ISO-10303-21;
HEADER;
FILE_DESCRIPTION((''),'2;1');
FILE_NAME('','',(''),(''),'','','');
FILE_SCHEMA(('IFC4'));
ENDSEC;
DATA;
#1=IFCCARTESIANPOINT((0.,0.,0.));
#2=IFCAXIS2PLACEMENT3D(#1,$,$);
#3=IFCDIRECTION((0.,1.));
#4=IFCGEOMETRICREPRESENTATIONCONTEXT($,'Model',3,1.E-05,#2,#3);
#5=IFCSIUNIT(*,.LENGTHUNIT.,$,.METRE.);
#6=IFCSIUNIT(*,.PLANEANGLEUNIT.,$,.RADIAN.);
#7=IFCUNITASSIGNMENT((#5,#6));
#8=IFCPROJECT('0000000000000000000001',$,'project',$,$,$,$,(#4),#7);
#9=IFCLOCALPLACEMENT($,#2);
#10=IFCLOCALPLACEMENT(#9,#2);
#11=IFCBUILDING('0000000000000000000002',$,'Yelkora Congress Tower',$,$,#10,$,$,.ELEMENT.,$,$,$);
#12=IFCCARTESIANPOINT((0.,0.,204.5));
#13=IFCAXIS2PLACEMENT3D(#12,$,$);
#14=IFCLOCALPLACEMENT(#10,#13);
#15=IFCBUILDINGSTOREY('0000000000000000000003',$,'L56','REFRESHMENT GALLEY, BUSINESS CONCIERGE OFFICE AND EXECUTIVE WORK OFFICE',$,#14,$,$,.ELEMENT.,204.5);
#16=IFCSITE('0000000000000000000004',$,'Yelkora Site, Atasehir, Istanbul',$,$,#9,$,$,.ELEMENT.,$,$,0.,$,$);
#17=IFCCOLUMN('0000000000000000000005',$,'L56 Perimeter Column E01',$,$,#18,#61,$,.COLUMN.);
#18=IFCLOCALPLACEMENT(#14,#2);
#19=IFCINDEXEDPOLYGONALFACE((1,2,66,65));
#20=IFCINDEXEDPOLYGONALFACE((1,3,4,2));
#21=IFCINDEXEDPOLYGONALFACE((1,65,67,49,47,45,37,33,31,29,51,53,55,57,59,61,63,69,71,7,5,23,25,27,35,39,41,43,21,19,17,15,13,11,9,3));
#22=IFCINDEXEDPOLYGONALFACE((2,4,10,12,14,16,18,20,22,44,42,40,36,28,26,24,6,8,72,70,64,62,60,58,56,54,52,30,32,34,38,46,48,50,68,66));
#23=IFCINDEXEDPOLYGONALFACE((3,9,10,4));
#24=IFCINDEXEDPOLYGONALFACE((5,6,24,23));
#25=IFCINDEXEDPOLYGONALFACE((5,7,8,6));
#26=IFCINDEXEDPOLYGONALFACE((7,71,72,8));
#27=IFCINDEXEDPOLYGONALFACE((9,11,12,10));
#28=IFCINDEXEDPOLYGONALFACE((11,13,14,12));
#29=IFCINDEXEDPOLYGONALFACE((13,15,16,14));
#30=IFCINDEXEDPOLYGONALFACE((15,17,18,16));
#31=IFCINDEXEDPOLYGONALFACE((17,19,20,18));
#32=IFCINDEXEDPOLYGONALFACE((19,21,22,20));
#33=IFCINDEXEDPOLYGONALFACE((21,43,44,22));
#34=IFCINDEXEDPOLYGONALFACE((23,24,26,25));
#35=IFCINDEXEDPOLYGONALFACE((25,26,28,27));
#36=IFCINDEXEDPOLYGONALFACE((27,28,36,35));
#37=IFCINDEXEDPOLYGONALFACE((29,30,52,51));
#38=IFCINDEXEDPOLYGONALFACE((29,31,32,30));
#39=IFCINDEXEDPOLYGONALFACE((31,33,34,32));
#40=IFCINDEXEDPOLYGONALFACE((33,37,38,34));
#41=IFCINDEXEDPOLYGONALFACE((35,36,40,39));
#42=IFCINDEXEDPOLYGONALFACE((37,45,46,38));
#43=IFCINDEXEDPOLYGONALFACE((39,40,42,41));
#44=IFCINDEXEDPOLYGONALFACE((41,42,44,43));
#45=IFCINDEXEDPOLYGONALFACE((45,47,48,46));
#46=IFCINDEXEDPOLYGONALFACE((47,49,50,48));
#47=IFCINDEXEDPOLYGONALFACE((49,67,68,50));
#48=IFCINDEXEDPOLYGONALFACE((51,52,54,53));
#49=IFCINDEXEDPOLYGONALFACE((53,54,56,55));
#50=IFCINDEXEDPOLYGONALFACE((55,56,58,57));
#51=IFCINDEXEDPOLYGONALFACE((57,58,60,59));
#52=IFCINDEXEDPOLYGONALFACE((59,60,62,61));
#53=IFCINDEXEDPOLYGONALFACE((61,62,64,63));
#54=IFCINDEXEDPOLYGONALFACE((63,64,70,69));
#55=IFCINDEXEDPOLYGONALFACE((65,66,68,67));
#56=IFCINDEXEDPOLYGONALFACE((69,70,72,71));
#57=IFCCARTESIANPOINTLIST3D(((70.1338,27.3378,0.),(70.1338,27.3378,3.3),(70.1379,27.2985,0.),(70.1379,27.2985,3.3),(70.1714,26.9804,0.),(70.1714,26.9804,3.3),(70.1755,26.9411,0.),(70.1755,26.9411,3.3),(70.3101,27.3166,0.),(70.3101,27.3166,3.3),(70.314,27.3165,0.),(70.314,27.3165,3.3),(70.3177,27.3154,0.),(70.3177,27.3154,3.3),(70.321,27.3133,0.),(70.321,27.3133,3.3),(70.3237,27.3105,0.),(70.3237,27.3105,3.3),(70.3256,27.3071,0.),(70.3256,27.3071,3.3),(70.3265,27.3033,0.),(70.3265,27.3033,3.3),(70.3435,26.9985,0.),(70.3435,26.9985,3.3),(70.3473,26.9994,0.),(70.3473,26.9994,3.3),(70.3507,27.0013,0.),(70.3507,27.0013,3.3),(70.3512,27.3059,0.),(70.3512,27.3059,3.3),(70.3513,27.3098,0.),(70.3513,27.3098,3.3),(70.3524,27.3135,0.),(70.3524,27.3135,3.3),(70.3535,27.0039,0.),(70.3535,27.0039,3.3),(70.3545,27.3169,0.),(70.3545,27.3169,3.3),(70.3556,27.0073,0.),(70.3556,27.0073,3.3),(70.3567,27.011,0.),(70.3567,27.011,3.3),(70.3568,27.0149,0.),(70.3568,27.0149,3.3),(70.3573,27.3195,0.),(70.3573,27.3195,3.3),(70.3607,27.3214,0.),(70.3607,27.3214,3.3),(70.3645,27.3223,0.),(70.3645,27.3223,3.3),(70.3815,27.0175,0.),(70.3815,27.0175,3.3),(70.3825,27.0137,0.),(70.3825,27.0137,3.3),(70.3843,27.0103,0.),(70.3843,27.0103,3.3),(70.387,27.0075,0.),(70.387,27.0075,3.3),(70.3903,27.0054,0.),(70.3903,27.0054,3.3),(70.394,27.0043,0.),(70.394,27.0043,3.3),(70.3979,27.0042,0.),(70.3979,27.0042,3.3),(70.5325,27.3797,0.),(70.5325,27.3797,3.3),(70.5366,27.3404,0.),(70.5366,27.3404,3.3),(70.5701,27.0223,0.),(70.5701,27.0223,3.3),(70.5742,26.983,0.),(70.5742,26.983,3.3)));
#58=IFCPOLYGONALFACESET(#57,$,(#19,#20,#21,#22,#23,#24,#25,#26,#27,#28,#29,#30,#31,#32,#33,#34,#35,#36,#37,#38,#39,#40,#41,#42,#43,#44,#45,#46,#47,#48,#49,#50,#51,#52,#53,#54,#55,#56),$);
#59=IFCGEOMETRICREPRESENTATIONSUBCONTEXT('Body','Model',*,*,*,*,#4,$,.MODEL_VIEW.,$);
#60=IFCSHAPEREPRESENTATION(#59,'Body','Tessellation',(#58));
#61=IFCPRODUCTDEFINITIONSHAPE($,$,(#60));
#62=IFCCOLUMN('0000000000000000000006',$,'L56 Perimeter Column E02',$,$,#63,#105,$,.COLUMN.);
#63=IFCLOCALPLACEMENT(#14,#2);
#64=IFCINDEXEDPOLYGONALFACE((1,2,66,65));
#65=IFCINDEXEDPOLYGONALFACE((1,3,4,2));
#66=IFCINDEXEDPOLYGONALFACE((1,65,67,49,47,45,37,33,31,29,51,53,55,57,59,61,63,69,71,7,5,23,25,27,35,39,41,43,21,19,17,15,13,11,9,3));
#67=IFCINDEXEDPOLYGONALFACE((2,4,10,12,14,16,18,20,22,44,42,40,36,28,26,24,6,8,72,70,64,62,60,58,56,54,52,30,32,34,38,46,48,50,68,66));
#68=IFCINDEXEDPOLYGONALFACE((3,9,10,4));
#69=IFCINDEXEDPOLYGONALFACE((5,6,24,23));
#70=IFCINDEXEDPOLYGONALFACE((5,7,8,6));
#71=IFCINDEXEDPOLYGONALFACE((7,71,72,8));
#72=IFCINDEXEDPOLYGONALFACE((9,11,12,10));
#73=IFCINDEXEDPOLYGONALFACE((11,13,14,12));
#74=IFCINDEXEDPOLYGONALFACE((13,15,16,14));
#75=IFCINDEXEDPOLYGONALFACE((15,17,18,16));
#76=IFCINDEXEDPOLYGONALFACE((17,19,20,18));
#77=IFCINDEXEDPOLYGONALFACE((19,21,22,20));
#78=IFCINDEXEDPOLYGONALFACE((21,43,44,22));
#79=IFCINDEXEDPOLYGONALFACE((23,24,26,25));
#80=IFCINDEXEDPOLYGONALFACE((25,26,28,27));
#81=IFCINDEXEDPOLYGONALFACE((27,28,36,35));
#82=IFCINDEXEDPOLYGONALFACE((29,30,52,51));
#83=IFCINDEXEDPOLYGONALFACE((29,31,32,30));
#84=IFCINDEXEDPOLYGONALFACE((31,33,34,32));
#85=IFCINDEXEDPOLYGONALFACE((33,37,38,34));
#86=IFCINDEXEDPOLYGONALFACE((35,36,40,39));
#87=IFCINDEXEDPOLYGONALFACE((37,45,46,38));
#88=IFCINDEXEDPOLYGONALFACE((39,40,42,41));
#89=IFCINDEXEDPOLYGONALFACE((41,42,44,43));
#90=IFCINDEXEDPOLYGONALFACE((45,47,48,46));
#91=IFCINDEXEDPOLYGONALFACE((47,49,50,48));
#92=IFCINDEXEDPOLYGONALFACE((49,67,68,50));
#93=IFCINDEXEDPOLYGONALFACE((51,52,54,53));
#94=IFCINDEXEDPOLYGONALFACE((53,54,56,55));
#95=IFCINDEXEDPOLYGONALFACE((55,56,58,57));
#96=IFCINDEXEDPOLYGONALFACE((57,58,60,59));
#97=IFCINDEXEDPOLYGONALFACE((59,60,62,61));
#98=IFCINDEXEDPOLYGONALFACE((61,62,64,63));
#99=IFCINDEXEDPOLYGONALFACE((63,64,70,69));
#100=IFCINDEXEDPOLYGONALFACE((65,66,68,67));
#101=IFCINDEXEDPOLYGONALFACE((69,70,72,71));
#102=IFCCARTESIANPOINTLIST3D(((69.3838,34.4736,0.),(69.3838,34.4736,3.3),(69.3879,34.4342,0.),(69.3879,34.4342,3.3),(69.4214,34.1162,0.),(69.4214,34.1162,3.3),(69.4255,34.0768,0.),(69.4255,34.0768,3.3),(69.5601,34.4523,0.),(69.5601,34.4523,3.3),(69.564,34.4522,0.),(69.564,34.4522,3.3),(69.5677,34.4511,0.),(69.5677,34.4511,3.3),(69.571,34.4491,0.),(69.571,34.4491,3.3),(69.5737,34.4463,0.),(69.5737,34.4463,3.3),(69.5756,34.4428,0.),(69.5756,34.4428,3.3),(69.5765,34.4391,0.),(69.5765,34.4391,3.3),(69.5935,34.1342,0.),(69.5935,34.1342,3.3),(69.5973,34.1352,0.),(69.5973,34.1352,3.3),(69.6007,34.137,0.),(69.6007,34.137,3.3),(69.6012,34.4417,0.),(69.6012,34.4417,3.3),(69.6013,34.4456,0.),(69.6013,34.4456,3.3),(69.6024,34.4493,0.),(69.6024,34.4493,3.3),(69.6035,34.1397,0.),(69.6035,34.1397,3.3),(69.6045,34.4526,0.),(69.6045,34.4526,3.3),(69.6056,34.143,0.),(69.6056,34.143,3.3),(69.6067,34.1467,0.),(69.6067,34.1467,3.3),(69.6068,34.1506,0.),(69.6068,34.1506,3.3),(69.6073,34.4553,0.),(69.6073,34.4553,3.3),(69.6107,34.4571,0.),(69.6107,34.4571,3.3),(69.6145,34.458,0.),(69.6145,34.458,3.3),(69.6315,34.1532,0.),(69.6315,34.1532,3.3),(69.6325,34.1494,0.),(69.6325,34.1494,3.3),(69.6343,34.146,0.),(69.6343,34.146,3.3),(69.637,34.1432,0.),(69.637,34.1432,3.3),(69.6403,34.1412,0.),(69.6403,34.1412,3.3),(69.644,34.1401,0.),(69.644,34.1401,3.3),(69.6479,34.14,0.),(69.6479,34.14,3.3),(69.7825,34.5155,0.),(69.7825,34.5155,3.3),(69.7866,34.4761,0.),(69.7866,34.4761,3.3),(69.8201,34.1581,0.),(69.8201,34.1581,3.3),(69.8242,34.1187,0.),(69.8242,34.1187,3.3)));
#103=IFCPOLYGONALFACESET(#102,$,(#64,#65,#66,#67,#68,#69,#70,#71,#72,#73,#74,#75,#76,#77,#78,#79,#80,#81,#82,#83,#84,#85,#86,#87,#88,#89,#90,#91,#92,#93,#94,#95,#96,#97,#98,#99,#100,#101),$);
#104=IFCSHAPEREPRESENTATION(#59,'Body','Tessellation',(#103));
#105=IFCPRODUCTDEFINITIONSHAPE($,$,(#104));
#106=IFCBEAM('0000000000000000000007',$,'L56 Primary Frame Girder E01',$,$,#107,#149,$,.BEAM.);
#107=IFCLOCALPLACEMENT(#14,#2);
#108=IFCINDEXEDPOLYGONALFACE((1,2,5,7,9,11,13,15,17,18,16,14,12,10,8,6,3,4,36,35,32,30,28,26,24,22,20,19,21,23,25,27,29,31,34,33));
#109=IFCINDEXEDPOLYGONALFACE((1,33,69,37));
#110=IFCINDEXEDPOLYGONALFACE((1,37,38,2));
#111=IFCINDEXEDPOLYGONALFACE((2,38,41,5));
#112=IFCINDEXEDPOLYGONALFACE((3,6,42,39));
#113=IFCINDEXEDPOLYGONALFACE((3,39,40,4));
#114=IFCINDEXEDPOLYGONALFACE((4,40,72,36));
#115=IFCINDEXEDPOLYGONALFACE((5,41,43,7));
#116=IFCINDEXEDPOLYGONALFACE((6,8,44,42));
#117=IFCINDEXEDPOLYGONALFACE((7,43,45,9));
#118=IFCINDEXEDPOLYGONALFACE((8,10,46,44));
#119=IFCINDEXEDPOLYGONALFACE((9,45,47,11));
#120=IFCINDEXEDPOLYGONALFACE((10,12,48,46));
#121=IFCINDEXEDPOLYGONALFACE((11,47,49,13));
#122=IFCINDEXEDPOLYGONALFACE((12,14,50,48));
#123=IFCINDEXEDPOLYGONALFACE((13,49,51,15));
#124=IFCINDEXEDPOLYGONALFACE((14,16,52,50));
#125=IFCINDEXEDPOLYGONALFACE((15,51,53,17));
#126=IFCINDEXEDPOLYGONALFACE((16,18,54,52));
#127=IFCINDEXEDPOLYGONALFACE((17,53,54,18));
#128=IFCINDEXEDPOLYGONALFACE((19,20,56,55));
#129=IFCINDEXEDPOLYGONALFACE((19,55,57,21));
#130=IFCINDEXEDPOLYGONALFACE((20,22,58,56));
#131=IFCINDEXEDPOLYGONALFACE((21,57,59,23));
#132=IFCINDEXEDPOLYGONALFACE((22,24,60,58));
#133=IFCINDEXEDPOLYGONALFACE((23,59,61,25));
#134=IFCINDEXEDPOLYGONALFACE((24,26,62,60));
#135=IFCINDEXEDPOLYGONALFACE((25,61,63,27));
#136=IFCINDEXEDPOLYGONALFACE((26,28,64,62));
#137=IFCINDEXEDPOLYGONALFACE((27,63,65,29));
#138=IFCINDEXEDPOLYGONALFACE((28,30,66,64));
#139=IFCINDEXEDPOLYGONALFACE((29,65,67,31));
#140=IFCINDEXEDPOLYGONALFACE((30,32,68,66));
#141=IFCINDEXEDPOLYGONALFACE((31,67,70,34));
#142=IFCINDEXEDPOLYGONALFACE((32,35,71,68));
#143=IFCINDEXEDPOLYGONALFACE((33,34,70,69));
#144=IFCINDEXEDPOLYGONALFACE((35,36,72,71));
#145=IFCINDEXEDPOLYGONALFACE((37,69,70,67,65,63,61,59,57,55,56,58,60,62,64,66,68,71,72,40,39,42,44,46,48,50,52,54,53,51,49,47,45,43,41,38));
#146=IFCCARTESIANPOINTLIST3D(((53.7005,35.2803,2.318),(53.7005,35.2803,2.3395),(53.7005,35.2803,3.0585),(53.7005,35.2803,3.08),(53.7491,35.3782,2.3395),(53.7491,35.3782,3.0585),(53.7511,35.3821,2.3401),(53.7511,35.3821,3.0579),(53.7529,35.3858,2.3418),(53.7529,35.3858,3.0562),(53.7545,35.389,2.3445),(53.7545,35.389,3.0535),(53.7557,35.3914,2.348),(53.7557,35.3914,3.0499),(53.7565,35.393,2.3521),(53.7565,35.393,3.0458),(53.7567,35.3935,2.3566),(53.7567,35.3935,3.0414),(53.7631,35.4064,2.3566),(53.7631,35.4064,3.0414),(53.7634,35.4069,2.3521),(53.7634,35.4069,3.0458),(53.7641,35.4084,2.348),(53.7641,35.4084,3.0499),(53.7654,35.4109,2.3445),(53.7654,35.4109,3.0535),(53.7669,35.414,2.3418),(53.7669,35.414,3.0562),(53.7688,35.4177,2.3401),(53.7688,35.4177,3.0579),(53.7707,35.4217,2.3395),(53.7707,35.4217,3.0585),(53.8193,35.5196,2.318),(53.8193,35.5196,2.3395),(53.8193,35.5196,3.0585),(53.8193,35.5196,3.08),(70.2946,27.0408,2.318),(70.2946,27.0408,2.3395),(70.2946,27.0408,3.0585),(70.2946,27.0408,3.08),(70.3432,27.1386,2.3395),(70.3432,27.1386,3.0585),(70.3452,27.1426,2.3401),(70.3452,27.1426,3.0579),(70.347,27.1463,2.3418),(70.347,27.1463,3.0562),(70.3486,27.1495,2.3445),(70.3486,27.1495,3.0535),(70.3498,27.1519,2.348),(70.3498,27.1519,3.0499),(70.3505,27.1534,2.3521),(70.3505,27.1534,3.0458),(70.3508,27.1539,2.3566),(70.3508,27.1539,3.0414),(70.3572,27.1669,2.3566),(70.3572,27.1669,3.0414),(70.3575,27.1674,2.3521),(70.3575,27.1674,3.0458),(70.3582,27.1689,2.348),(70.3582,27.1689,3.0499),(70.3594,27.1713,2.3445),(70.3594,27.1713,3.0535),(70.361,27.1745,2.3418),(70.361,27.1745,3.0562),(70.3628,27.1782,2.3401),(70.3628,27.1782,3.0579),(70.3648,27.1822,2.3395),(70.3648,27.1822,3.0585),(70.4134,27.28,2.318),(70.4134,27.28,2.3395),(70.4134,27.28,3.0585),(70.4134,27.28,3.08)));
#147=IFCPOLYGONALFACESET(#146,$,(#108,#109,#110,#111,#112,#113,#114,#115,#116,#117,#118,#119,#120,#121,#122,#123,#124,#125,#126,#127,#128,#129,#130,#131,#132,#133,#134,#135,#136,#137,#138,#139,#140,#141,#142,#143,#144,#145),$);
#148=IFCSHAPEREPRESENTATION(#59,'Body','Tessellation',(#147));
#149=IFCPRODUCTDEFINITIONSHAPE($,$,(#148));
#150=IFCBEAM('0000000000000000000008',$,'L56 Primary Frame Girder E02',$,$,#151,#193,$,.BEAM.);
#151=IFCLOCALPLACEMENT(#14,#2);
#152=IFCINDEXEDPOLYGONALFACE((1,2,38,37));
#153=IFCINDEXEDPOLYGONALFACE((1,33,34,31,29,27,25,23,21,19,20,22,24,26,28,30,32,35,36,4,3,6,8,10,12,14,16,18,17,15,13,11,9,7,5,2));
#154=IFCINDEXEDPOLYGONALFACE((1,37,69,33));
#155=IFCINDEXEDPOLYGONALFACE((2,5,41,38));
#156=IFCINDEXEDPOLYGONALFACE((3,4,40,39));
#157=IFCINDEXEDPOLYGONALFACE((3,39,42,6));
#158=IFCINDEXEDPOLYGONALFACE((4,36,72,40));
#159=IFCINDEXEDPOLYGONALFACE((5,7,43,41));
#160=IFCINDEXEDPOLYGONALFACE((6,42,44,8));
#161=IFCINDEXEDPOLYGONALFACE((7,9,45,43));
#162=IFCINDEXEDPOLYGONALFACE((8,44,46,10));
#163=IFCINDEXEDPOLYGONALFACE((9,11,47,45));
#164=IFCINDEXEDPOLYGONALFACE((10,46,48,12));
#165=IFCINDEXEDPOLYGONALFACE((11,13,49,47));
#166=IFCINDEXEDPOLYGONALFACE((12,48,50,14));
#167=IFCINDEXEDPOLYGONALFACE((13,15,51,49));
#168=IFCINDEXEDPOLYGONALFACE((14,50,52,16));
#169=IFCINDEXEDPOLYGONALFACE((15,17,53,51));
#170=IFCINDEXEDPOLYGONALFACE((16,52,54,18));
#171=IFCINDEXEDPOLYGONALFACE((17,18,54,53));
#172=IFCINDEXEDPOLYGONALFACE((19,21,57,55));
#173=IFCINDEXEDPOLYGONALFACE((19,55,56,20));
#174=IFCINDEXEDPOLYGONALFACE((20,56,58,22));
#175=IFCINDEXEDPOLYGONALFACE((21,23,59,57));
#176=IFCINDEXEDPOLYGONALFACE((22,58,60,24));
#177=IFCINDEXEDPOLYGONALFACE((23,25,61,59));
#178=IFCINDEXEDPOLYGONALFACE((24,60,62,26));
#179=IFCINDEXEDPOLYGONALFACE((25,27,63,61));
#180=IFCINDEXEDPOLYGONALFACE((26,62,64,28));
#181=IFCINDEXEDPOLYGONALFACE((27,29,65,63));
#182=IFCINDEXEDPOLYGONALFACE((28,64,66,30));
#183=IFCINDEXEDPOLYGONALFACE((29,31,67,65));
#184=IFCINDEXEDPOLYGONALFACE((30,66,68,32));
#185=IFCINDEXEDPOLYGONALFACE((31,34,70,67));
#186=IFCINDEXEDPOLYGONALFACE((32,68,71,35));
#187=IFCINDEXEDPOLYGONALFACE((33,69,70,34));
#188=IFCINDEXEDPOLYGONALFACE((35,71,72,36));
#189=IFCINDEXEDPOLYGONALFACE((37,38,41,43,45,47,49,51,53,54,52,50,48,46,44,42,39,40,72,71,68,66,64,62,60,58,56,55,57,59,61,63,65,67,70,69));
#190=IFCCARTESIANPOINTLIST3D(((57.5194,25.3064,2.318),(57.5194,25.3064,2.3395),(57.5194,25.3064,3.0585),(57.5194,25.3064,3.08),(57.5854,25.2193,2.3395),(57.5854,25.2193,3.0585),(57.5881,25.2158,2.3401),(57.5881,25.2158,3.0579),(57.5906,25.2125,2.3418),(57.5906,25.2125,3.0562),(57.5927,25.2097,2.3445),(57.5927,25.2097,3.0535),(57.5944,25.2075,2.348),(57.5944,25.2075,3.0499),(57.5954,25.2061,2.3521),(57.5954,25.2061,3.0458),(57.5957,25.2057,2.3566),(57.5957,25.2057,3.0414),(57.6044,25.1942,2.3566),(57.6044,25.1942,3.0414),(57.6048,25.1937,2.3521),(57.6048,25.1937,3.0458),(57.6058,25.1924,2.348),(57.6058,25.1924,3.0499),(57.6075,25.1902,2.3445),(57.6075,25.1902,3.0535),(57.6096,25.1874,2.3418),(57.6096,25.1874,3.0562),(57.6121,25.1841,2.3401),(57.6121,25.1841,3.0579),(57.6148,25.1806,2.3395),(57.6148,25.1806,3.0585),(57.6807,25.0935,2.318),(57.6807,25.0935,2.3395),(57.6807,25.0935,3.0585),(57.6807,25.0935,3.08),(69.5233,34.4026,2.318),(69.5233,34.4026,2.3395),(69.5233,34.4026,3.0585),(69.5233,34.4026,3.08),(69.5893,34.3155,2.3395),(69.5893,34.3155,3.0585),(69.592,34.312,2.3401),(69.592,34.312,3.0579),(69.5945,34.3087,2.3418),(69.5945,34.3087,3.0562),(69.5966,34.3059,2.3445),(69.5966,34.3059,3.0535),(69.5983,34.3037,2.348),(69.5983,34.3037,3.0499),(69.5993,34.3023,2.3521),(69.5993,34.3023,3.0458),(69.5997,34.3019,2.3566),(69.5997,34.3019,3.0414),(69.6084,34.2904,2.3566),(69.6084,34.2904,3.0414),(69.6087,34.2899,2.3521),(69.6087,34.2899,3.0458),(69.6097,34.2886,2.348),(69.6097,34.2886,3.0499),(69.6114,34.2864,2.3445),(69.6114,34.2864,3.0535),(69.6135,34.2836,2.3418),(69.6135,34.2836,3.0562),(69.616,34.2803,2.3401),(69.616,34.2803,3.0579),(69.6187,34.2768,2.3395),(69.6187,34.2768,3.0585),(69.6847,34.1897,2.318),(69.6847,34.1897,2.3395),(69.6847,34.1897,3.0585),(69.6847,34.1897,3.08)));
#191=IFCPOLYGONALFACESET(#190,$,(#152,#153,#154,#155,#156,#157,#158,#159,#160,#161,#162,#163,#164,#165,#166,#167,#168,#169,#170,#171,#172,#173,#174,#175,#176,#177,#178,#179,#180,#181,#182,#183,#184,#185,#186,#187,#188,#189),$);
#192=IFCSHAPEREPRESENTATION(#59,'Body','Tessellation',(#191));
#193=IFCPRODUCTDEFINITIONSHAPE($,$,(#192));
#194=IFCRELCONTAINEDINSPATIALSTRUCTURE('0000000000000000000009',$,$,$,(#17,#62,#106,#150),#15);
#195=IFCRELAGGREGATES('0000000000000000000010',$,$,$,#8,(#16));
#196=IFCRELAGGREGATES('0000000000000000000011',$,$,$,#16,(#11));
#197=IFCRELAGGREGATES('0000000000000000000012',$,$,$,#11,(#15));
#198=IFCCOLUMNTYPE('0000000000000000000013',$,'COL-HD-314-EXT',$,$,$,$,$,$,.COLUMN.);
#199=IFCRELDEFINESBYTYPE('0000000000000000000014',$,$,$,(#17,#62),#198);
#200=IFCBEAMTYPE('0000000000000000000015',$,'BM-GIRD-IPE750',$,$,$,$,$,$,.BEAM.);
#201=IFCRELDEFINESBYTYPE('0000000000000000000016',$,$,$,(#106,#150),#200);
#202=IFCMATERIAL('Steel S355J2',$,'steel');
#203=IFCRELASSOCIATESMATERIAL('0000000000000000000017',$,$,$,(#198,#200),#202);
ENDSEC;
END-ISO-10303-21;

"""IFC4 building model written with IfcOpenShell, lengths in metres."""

from ifc_helpers import new_model, si_unit, direction, frame, origin, origin_2d, place, context, subcontext, project, spatial, i_section, extrude, material, material_profile, profile_set, type_object, element, save


model = new_model("IFC4")

# Units and contexts
model_context = context("Model", 3, precision=1e-05, world=origin(), true_north=direction((0.0, 1.0)))
body_context = subcontext(model_context, "Body", "Model", "MODEL_VIEW")
ifc_project = project(units=[si_unit("LENGTHUNIT", "METRE"), si_unit("PLANEANGLEUNIT", "RADIAN")], contexts=[model_context])

# Site, building, storey
site_placement = place(None, origin())
site = spatial("IfcSite", under=ifc_project, at=site_placement, Name="Yelkora Site, Atasehir, Istanbul", CompositionType="ELEMENT", RefElevation=0.0)
building_placement = place(site_placement, origin())
building = spatial("IfcBuilding", under=site, at=building_placement, Name="Yelkora Congress Tower", CompositionType="ELEMENT")
storey_placement = place(building_placement, frame((0.0, 0.0, 204.5)))
storey = spatial("IfcBuildingStorey", under=building, at=storey_placement, Name="L56", Description="REFRESHMENT GALLEY, BUSINESS CONCIERGE OFFICE AND EXECUTIVE WORK OFFICE", CompositionType="ELEMENT", Elevation=204.5)

# Columns
ifc_material_1 = material(Name="Steel S355J2", Category="steel")
ifc_material_profile_1 = material_profile(ifc_material_1, i_section(OverallWidth=0.4009, OverallDepth=0.3989, WebThickness=0.0249, FlangeThickness=0.0396, FilletRadius=0.0149, at=origin_2d()), Name="HD 400x314")
ifc_profile_set_1 = profile_set([ifc_material_profile_1], Name="Steel S355J2")
column_type = type_object("IfcColumnType", Name="COL-HD-314-EXT", PredefinedType="COLUMN", material=ifc_profile_set_1)
for number, where, z_axis, x_axis, name in (
    (1, (70.354, 27.1604, 0.0), (0.0, 0.0, 1.0), (0.994522, 0.104528, 0.0), "L56 Perimeter Column E01"),
    (2, (69.604, 34.2961, 0.0), (0.0, 0.0, 1.0), (0.994522, 0.104528, 0.0), "L56 Perimeter Column E02"),
):
    element("IfcColumn", number, at=place(storey_placement, frame(where, z_axis=z_axis, x_axis=x_axis)), inside=storey, type_object=column_type, Name=name, PredefinedType="COLUMN", context=body_context, shape_type="SweptSolid", body=[
        extrude(i_section(OverallWidth=0.4009, OverallDepth=0.3989, WebThickness=0.0249, FlangeThickness=0.0396, FilletRadius=0.0149, at=origin_2d()), origin(), (0.0, 0.0, 1.0), 3.3),
    ])

# Beams
ifc_material_profile_2 = material_profile(ifc_material_1, i_section(OverallWidth=0.2671, OverallDepth=0.762, WebThickness=0.0144, FlangeThickness=0.0215, FilletRadius=0.0171, at=origin_2d()), Name="IPE 750x173")
ifc_profile_set_2 = profile_set([ifc_material_profile_2], Name="Steel S355J2")
beam_type_1 = type_object("IfcBeamType", Name="BM-GIRD-IPE750", PredefinedType="BEAM", material=ifc_profile_set_2)
beam_1_placement = place(storey_placement, frame((70.354, 27.1604, 2.699), z_axis=(-0.895665, 0.444729, 0.0), x_axis=(-0.444729, -0.895665, 0.0)))
element("IfcBeam", 3, at=beam_1_placement, inside=storey, type_object=beam_type_1, Name="L56 Primary Frame Girder E01", PredefinedType="BEAM", context=body_context, shape_type="SweptSolid", body=[
    extrude(i_section(OverallWidth=0.2671, OverallDepth=0.762, WebThickness=0.0144, FlangeThickness=0.0215, FilletRadius=0.0171, at=origin_2d()), origin(), (0.0, 0.0, 1.0), 18.5271),
])
beam_2_placement = place(storey_placement, frame((69.604, 34.2961, 2.699), z_axis=(-0.797018, -0.603956, 0.0), x_axis=(0.603956, -0.797018, 0.0)))
element("IfcBeam", 4, at=beam_2_placement, inside=storey, type_object=beam_type_1, Name="L56 Primary Frame Girder E02", PredefinedType="BEAM", context=body_context, shape_type="SweptSolid", body=[
    extrude(i_section(OverallWidth=0.2671, OverallDepth=0.762, WebThickness=0.0144, FlangeThickness=0.0215, FilletRadius=0.0171, at=origin_2d()), origin(), (0.0, 0.0, 1.0), 15.061),
])

save(model, "model.ifc")
